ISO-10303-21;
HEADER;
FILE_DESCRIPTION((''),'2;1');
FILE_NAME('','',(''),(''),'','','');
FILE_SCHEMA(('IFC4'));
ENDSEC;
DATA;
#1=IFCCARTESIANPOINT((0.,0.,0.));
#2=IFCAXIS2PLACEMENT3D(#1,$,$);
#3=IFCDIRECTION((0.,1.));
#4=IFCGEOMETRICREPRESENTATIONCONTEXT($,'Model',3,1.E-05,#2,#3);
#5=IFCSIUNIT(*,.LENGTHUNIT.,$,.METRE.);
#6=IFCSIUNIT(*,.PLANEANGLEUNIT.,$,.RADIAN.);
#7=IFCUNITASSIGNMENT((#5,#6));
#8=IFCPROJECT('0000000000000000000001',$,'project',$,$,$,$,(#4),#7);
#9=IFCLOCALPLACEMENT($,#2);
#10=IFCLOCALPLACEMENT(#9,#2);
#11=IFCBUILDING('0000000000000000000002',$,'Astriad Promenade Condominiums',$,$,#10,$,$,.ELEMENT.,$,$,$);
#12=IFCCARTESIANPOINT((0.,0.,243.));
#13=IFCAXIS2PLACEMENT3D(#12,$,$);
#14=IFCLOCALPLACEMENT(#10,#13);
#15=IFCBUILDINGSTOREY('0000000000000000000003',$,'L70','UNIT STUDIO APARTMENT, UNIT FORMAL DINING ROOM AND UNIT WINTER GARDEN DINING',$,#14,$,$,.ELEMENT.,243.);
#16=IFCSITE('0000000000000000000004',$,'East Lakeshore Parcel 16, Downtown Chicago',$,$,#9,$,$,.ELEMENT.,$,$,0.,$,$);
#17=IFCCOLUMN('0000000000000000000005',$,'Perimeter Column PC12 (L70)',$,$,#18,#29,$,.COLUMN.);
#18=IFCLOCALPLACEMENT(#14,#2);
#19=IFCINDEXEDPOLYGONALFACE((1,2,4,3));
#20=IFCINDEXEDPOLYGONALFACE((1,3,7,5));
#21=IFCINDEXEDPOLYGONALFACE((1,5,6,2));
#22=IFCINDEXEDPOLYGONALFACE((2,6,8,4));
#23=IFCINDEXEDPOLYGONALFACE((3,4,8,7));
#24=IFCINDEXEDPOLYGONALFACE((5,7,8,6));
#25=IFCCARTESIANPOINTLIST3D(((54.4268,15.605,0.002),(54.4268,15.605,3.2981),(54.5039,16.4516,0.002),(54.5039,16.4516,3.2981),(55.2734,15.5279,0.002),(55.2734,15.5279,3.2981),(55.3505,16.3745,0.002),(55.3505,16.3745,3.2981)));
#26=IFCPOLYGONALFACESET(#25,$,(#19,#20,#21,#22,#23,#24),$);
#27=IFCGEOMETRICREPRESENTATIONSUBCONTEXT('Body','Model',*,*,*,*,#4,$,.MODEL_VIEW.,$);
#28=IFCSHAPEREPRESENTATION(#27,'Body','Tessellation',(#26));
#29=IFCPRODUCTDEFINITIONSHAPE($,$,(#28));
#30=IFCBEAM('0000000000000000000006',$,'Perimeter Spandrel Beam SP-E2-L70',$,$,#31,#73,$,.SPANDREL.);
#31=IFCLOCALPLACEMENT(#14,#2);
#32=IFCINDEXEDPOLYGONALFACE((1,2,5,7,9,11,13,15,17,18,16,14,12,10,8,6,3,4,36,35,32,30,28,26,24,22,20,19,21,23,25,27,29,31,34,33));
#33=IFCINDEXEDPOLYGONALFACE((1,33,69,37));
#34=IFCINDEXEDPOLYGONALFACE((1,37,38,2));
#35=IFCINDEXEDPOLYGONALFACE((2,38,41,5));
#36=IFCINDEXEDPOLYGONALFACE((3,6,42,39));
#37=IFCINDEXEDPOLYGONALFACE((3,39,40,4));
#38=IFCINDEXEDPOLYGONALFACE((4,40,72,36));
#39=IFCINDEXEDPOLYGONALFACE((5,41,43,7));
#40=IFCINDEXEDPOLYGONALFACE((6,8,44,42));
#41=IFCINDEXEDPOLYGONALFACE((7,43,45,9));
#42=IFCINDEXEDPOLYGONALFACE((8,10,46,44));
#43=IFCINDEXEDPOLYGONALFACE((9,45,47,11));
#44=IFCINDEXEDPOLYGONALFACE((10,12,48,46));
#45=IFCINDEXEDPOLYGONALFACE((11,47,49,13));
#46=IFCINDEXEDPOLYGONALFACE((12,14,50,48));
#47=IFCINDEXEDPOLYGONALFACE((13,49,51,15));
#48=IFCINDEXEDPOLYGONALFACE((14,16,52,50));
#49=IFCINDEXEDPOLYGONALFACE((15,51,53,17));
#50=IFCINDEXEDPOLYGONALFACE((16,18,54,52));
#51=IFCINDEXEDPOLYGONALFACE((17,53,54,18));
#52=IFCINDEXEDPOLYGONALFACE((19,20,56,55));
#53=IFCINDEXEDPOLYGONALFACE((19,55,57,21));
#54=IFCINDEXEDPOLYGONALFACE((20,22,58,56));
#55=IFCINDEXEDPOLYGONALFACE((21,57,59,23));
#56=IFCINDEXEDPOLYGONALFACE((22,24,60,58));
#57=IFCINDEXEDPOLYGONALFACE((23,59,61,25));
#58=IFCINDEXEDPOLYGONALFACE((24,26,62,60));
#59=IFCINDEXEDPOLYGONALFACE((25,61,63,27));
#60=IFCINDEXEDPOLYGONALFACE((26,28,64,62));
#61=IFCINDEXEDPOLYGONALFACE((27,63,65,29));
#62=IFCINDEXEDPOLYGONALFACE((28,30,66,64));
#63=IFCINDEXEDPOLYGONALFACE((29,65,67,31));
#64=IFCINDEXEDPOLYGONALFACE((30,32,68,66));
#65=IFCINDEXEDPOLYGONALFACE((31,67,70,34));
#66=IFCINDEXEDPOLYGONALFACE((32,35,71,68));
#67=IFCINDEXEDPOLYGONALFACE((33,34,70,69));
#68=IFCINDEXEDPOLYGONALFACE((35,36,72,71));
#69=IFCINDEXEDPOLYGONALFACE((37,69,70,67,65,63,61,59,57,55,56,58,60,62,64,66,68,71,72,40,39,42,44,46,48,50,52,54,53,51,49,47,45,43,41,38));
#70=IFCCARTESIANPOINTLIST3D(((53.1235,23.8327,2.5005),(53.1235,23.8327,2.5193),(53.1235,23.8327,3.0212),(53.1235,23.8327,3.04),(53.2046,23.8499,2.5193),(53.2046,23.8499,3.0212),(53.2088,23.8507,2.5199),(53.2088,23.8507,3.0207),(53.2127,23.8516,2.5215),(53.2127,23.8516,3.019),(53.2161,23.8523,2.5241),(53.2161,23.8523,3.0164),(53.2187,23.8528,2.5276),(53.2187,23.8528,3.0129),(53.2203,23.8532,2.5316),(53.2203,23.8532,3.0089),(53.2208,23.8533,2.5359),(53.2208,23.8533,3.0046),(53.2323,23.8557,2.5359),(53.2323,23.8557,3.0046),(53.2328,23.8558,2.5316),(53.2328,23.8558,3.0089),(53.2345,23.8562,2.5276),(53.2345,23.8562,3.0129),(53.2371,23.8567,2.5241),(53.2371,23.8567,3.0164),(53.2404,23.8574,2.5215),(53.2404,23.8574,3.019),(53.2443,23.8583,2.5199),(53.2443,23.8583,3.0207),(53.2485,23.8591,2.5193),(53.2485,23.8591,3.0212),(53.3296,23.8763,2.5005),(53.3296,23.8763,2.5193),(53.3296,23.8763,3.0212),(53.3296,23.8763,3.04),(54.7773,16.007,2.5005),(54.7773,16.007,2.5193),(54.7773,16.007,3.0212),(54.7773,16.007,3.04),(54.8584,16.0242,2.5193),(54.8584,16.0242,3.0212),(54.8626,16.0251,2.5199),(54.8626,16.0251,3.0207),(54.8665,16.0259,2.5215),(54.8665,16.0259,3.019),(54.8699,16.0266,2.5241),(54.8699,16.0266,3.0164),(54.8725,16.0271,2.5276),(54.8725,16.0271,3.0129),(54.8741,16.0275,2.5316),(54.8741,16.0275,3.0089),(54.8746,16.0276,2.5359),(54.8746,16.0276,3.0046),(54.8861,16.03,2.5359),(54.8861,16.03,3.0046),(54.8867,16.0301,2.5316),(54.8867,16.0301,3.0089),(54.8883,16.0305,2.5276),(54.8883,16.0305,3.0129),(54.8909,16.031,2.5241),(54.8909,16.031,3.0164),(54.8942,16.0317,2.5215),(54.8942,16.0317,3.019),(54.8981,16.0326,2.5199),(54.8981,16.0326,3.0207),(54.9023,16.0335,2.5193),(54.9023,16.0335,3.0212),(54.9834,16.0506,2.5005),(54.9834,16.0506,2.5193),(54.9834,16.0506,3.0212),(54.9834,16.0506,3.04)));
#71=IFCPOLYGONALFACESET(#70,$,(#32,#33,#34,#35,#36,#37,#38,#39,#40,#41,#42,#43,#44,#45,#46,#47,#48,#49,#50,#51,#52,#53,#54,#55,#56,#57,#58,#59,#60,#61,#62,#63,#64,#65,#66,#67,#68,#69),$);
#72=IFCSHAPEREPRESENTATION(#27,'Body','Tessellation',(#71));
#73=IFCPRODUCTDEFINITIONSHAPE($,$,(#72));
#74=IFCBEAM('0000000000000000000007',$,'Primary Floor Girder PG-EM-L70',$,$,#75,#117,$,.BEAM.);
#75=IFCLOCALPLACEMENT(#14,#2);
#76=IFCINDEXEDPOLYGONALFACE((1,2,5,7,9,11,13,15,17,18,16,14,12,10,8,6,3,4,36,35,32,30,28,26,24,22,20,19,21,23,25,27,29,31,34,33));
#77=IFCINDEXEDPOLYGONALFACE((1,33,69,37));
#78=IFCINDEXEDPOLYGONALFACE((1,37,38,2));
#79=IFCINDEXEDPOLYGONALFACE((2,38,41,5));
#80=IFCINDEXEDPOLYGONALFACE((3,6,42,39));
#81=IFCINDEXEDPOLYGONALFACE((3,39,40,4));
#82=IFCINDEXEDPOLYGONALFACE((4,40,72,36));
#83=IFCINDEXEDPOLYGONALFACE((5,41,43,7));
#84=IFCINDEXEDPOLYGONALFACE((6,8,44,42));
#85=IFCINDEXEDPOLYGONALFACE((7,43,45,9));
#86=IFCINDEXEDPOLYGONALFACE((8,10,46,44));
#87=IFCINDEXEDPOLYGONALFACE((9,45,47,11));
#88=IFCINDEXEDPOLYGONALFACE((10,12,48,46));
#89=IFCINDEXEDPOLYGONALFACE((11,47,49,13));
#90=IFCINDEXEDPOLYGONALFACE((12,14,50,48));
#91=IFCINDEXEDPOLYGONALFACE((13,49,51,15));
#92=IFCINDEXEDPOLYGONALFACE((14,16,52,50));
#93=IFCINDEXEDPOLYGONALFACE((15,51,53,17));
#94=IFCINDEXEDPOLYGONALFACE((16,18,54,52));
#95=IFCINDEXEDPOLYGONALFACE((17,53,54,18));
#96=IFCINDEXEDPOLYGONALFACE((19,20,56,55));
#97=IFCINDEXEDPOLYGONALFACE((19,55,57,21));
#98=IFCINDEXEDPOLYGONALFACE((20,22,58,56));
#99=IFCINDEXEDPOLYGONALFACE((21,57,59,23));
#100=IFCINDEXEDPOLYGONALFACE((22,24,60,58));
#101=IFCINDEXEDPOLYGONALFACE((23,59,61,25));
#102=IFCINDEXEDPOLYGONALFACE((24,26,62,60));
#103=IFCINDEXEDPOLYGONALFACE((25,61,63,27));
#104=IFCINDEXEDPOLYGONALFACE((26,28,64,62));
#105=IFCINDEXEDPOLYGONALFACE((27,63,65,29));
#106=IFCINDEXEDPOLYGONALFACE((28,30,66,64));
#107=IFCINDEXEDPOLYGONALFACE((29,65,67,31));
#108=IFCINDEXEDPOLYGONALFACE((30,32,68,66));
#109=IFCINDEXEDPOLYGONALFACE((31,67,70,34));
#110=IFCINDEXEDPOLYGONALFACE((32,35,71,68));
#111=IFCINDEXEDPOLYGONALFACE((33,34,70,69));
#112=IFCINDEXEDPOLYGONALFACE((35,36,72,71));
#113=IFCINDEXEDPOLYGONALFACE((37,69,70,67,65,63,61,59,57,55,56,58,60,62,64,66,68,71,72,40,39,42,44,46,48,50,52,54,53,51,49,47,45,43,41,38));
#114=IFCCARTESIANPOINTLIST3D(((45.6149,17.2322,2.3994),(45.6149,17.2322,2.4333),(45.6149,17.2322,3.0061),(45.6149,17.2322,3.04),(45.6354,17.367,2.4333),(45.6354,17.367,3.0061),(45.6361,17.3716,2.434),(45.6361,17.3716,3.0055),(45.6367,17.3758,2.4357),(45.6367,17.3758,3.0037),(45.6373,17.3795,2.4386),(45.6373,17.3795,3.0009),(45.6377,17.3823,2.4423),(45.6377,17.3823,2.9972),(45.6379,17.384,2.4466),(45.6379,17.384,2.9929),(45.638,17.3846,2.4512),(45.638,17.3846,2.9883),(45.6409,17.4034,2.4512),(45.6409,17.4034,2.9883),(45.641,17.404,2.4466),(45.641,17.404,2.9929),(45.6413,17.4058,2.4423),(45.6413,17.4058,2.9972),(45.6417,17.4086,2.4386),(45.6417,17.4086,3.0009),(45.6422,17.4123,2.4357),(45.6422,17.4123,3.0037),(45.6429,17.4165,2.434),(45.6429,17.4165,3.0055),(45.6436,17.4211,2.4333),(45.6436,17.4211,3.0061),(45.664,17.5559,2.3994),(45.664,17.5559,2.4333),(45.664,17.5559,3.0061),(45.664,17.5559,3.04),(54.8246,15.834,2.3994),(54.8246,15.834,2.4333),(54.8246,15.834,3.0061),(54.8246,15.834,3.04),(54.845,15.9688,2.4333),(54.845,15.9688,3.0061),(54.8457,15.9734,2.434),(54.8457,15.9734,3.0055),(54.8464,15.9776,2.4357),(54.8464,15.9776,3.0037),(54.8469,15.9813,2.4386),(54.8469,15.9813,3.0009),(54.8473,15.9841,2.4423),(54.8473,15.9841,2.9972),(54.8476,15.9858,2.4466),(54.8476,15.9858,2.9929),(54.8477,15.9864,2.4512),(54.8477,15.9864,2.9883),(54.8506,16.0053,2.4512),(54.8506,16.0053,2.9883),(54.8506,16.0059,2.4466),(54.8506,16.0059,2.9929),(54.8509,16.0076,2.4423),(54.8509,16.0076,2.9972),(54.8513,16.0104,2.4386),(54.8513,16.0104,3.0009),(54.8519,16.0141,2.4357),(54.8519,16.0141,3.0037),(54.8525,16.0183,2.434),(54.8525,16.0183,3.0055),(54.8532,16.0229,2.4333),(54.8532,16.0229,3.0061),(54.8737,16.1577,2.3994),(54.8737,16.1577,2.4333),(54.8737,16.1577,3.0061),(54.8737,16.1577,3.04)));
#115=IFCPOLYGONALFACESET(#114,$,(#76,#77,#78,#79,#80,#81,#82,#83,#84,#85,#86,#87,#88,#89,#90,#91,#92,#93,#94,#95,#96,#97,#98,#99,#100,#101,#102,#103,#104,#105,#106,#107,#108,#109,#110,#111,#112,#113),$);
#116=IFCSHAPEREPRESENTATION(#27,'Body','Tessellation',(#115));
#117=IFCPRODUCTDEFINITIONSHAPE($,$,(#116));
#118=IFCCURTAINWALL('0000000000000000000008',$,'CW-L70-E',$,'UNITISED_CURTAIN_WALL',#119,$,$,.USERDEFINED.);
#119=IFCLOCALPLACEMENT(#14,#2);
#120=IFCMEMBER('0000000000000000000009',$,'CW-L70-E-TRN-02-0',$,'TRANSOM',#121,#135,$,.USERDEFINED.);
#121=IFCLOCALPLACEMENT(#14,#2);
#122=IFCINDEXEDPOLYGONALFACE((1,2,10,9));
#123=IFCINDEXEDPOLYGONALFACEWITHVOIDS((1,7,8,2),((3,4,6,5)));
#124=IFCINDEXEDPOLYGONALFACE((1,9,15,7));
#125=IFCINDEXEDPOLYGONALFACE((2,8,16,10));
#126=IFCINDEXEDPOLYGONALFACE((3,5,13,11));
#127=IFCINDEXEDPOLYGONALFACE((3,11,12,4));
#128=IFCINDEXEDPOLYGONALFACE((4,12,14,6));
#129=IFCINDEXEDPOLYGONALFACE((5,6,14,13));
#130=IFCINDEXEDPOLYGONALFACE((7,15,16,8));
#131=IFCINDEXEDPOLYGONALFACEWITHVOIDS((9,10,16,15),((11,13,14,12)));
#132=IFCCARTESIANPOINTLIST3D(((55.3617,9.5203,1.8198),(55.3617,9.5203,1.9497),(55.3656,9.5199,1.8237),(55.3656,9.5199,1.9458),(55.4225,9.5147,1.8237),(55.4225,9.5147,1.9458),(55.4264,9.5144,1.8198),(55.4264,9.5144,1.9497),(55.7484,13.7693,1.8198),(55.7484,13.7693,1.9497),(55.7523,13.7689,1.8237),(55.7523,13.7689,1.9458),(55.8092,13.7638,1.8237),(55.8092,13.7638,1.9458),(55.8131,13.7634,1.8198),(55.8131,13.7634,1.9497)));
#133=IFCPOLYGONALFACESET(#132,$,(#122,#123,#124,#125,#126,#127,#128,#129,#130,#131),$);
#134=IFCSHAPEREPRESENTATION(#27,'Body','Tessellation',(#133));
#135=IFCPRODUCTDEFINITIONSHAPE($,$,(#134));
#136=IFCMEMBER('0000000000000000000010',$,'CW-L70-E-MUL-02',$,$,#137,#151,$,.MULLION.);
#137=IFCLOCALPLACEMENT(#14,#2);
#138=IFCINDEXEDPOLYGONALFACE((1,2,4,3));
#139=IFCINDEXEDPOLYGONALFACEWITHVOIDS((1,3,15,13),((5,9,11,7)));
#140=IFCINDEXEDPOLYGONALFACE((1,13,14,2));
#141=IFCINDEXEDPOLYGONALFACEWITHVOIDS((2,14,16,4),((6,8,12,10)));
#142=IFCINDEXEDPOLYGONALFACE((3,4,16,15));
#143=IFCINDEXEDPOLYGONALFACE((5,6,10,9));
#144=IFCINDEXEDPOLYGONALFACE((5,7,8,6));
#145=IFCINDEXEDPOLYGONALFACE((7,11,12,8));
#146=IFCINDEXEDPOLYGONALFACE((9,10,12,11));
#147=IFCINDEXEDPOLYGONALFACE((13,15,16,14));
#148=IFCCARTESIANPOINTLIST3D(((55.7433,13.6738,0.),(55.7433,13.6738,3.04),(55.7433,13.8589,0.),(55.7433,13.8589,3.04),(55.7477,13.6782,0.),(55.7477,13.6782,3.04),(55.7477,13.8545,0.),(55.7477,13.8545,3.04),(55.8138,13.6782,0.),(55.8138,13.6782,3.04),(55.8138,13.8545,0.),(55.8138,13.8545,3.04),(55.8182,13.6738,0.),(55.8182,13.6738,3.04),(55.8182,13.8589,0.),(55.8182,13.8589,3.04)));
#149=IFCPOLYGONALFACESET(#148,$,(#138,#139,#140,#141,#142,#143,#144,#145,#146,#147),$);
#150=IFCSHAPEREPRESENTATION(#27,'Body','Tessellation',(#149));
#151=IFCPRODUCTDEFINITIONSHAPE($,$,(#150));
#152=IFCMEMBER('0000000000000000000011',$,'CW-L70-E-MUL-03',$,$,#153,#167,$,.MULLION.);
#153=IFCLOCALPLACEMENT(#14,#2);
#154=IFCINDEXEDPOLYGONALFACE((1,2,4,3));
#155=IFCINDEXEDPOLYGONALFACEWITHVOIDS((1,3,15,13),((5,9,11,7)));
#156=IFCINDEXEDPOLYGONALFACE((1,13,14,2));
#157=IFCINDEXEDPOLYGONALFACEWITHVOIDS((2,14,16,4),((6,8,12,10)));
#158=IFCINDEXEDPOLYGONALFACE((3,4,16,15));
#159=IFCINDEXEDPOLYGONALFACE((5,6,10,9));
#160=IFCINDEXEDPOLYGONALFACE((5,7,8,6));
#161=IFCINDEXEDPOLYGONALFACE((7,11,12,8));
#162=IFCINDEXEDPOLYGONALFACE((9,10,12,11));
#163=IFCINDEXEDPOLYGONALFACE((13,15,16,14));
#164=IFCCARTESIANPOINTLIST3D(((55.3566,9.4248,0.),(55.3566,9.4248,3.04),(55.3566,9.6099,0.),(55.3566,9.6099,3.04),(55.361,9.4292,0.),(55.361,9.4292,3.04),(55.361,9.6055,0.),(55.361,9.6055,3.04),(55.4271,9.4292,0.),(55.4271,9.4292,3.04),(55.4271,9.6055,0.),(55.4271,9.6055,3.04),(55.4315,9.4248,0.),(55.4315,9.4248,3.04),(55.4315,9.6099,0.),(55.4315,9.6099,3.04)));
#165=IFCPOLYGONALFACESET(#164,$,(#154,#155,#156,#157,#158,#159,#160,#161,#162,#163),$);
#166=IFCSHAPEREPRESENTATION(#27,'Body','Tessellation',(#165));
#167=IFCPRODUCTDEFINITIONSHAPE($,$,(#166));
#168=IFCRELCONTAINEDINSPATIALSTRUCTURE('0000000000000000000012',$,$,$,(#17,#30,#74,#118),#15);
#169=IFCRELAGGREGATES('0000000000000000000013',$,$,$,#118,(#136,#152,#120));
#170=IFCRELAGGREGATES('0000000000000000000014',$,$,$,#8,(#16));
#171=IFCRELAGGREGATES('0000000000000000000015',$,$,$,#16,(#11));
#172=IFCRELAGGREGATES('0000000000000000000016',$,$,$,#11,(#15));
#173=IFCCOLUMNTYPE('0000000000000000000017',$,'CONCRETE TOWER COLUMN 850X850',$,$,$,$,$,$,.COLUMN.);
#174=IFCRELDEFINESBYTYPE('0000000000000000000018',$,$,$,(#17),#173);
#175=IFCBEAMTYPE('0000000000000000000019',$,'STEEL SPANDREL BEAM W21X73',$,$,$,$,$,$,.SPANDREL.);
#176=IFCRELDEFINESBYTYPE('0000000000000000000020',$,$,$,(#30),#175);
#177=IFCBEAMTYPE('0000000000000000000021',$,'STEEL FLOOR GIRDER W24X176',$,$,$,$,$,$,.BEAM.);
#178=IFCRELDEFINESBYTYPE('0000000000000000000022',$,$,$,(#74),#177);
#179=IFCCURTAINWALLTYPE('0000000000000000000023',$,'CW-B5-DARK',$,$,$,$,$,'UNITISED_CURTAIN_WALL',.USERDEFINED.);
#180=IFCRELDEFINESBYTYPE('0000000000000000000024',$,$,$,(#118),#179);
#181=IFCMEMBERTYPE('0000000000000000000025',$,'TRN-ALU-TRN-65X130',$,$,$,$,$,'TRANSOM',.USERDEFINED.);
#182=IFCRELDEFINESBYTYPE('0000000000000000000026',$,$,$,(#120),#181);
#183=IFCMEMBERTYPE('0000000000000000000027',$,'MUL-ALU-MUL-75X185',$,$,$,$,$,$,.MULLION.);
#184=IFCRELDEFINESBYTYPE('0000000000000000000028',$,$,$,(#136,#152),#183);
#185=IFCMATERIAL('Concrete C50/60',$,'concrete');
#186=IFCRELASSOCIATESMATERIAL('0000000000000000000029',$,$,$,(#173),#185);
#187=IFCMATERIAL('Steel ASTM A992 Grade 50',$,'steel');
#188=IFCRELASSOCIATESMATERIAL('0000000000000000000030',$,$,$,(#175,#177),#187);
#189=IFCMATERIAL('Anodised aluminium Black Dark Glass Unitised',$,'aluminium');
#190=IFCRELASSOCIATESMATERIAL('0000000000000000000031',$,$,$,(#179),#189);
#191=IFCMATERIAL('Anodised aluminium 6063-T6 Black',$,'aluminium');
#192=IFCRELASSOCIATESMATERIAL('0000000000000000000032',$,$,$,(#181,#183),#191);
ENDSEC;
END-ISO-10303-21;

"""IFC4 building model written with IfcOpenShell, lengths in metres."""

from ifc_helpers import new_model, si_unit, direction, frame, origin, origin_2d, place, context, subcontext, project, spatial, rectangle, hollow_rectangle, i_section, extrude, source, transform, mapped, material, material_profile, profile_set, type_object, type_shapes, element, aggregate, save


model = new_model("IFC4")

# Units and contexts
model_context = context("Model", 3, precision=1e-05, world=origin(), true_north=direction((0.0, 1.0)))
body_context = subcontext(model_context, "Body", "Model", "MODEL_VIEW")
ifc_project = project(units=[si_unit("LENGTHUNIT", "METRE"), si_unit("PLANEANGLEUNIT", "RADIAN")], contexts=[model_context])

# Site, building, storey
site_placement = place(None, origin())
site = spatial("IfcSite", under=ifc_project, at=site_placement, Name="East Lakeshore Parcel 16, Downtown Chicago", CompositionType="ELEMENT", RefElevation=0.0)
building_placement = place(site_placement, origin())
building = spatial("IfcBuilding", under=site, at=building_placement, Name="Astriad Promenade Condominiums", CompositionType="ELEMENT")
storey_placement = place(building_placement, frame((0.0, 0.0, 243.0)))
storey = spatial("IfcBuildingStorey", under=building, at=storey_placement, Name="L70", Description="UNIT STUDIO APARTMENT, UNIT FORMAL DINING ROOM AND UNIT WINTER GARDEN DINING", CompositionType="ELEMENT", Elevation=243.0)

# Column
ifc_material_1 = material(Name="Concrete C50/60", Category="concrete")
ifc_material_profile_1 = material_profile(ifc_material_1, rectangle(XDim=0.8501, YDim=0.8501, at=origin_2d()), Name="RC-COL-850X850")
ifc_profile_set_1 = profile_set([ifc_material_profile_1], Name="Concrete C50/60")
column_type = type_object("IfcColumnType", Name="CONCRETE TOWER COLUMN 850X850", PredefinedType="COLUMN", material=ifc_profile_set_1)
shared_shape_1 = source(origin(), body_context, "Body", "SweptSolid", [
    extrude(rectangle(XDim=0.8501, YDim=0.8501, at=origin_2d()), origin(), (0.0, 0.0, 1.0), 3.2961),
])
type_shapes(column_type, [shared_shape_1])
column_placement = place(storey_placement, frame((54.8887, 15.9897, 0.002), z_axis=(0.0, 0.0, 1.0), x_axis=(0.995884, -0.090633, 0.0)))
element("IfcColumn", 1, at=column_placement, inside=storey, type_object=column_type, Name="Perimeter Column PC12 (L70)", PredefinedType="COLUMN", context=body_context, shape_type="MappedRepresentation", body=[
    mapped(shared_shape_1, transform((0.0, 0.0, 0.0), scale=1.0)),
])

# Beams
ifc_material_2 = material(Name="Steel ASTM A992 Grade 50", Category="steel")
ifc_material_profile_2 = material_profile(ifc_material_2, i_section(OverallWidth=0.2107, OverallDepth=0.5396, WebThickness=0.0117, FlangeThickness=0.0188, FilletRadius=0.0166, at=origin_2d()), Name="W21X73")
ifc_profile_set_2 = profile_set([ifc_material_profile_2], Name="Steel ASTM A992 Grade 50")
beam_type_1 = type_object("IfcBeamType", Name="STEEL SPANDREL BEAM W21X73", PredefinedType="SPANDREL", material=ifc_profile_set_2)
shared_shape_2 = source(origin(), body_context, "Body", "SweptSolid", [
    extrude(i_section(OverallWidth=0.2107, OverallDepth=0.5396, WebThickness=0.0117, FlangeThickness=0.0188, FilletRadius=0.0166, at=origin_2d()), origin(), (0.0, 0.0, 1.0), 7.9985),
])
type_shapes(beam_type_1, [shared_shape_2])
beam_1_placement = place(storey_placement, frame((54.8804, 16.0288, 2.7703), z_axis=(-0.206764, 0.978391, 0.0), x_axis=(-0.978391, -0.206764, 0.0)))
element("IfcBeam", 2, at=beam_1_placement, inside=storey, type_object=beam_type_1, Name="Perimeter Spandrel Beam SP-E2-L70", PredefinedType="SPANDREL", context=body_context, shape_type="MappedRepresentation", body=[
    mapped(shared_shape_2, transform((0.0, 0.0, 0.0), scale=1.0)),
])
ifc_material_profile_3 = material_profile(ifc_material_2, i_section(OverallWidth=0.3274, OverallDepth=0.6406, WebThickness=0.019, FlangeThickness=0.0339, FilletRadius=0.0178, at=origin_2d()), Name="W24X176")
ifc_profile_set_3 = profile_set([ifc_material_profile_3], Name="Steel ASTM A992 Grade 50")
beam_type_2 = type_object("IfcBeamType", Name="STEEL FLOOR GIRDER W24X176", PredefinedType="BEAM", material=ifc_profile_set_3)
shared_shape_3 = source(origin(), body_context, "Body", "SweptSolid", [
    extrude(i_section(OverallWidth=0.3274, OverallDepth=0.6406, WebThickness=0.019, FlangeThickness=0.0339, FilletRadius=0.0178, at=origin_2d()), origin(), (0.0, 0.0, 1.0), 9.3152),
])
type_shapes(beam_type_2, [shared_shape_3])
beam_2_placement = place(storey_placement, frame((54.8491, 15.9958, 2.7197), z_axis=(-0.988671, 0.150097, 0.0), x_axis=(-0.150097, -0.988671, 0.0)))
element("IfcBeam", 3, at=beam_2_placement, inside=storey, type_object=beam_type_2, Name="Primary Floor Girder PG-EM-L70", PredefinedType="BEAM", context=body_context, shape_type="MappedRepresentation", body=[
    mapped(shared_shape_3, transform((0.0, 0.0, 0.0), scale=1.0)),
])

# Curtain wall, members
ifc_material_3 = material(Name="Anodised aluminium Black Dark Glass Unitised", Category="aluminium")
curtain_wall_type = type_object("IfcCurtainWallType", Name="CW-B5-DARK", ElementType="UNITISED_CURTAIN_WALL", PredefinedType="USERDEFINED", material=ifc_material_3)
curtain_wall_placement = place(storey_placement, origin())
curtain_wall = element("IfcCurtainWall", 4, at=curtain_wall_placement, inside=storey, type_object=curtain_wall_type, Name="CW-L70-E", ObjectType="UNITISED_CURTAIN_WALL", PredefinedType="USERDEFINED")
ifc_material_4 = material(Name="Anodised aluminium 6063-T6 Black", Category="aluminium")
ifc_material_profile_4 = material_profile(ifc_material_4, hollow_rectangle(XDim=0.0649, YDim=0.1299, WallThickness=0.0039, at=origin_2d()), Name="ALU-TRN-65X130")
ifc_profile_set_4 = profile_set([ifc_material_profile_4], Name="Anodised aluminium 6063-T6 Black")
member_type_1 = type_object("IfcMemberType", Name="TRN-ALU-TRN-65X130", ElementType="TRANSOM", PredefinedType="USERDEFINED", material=ifc_profile_set_4)
shared_shape_4 = source(origin(), body_context, "Body", "SweptSolid", [
    extrude(hollow_rectangle(XDim=0.0649, YDim=0.1299, WallThickness=0.0039, at=origin_2d()), origin(), (0.0, 0.0, 1.0), 4.2666),
])
type_shapes(member_type_1, [shared_shape_4])
member_1_placement = place(storey_placement, frame((55.7808, 13.7664, 1.8848), z_axis=(-0.090639, -0.995884, 0.0), x_axis=(0.995884, -0.090639, 0.0)))
member_1 = element("IfcMember", 5, at=member_1_placement, type_object=member_type_1, Name="CW-L70-E-TRN-02-0", ObjectType="TRANSOM", PredefinedType="USERDEFINED", context=body_context, shape_type="MappedRepresentation", body=[
    mapped(shared_shape_4, transform((0.0, 0.0, 0.0), scale=1.0)),
])
ifc_material_profile_5 = material_profile(ifc_material_4, hollow_rectangle(XDim=0.075, YDim=0.1851, WallThickness=0.0044, at=origin_2d()), Name="ALU-MUL-75X185")
ifc_profile_set_5 = profile_set([ifc_material_profile_5], Name="Anodised aluminium 6063-T6 Black")
member_type_2 = type_object("IfcMemberType", Name="MUL-ALU-MUL-75X185", PredefinedType="MULLION", material=ifc_profile_set_5)
shared_shape_5 = source(origin(), body_context, "Body", "SweptSolid", [
    extrude(hollow_rectangle(XDim=0.075, YDim=0.1851, WallThickness=0.0044, at=origin_2d()), origin(), (0.0, 0.0, 1.0), 3.04),
])
type_shapes(member_type_2, [shared_shape_5])
member_2_placement = place(storey_placement, frame((55.7808, 13.7664, 0.0), z_axis=(0.0, 0.0, 1.0), x_axis=(1.0, 0.0, 0.0)))
member_2 = element("IfcMember", 6, at=member_2_placement, type_object=member_type_2, Name="CW-L70-E-MUL-02", PredefinedType="MULLION", context=body_context, shape_type="MappedRepresentation", body=[
    mapped(shared_shape_5, transform((0.0, 0.0, 0.0), scale=1.0)),
])
member_3_placement = place(storey_placement, frame((55.394, 9.5173, 0.0), z_axis=(0.0, 0.0, 1.0), x_axis=(1.0, 0.0, 0.0)))
member_3 = element("IfcMember", 7, at=member_3_placement, type_object=member_type_2, Name="CW-L70-E-MUL-03", PredefinedType="MULLION", context=body_context, shape_type="MappedRepresentation", body=[
    mapped(shared_shape_5, transform((0.0, 0.0, 0.0), scale=1.0)),
])
aggregate(curtain_wall, [member_2, member_3, member_1])

save(model, "model.ifc")
